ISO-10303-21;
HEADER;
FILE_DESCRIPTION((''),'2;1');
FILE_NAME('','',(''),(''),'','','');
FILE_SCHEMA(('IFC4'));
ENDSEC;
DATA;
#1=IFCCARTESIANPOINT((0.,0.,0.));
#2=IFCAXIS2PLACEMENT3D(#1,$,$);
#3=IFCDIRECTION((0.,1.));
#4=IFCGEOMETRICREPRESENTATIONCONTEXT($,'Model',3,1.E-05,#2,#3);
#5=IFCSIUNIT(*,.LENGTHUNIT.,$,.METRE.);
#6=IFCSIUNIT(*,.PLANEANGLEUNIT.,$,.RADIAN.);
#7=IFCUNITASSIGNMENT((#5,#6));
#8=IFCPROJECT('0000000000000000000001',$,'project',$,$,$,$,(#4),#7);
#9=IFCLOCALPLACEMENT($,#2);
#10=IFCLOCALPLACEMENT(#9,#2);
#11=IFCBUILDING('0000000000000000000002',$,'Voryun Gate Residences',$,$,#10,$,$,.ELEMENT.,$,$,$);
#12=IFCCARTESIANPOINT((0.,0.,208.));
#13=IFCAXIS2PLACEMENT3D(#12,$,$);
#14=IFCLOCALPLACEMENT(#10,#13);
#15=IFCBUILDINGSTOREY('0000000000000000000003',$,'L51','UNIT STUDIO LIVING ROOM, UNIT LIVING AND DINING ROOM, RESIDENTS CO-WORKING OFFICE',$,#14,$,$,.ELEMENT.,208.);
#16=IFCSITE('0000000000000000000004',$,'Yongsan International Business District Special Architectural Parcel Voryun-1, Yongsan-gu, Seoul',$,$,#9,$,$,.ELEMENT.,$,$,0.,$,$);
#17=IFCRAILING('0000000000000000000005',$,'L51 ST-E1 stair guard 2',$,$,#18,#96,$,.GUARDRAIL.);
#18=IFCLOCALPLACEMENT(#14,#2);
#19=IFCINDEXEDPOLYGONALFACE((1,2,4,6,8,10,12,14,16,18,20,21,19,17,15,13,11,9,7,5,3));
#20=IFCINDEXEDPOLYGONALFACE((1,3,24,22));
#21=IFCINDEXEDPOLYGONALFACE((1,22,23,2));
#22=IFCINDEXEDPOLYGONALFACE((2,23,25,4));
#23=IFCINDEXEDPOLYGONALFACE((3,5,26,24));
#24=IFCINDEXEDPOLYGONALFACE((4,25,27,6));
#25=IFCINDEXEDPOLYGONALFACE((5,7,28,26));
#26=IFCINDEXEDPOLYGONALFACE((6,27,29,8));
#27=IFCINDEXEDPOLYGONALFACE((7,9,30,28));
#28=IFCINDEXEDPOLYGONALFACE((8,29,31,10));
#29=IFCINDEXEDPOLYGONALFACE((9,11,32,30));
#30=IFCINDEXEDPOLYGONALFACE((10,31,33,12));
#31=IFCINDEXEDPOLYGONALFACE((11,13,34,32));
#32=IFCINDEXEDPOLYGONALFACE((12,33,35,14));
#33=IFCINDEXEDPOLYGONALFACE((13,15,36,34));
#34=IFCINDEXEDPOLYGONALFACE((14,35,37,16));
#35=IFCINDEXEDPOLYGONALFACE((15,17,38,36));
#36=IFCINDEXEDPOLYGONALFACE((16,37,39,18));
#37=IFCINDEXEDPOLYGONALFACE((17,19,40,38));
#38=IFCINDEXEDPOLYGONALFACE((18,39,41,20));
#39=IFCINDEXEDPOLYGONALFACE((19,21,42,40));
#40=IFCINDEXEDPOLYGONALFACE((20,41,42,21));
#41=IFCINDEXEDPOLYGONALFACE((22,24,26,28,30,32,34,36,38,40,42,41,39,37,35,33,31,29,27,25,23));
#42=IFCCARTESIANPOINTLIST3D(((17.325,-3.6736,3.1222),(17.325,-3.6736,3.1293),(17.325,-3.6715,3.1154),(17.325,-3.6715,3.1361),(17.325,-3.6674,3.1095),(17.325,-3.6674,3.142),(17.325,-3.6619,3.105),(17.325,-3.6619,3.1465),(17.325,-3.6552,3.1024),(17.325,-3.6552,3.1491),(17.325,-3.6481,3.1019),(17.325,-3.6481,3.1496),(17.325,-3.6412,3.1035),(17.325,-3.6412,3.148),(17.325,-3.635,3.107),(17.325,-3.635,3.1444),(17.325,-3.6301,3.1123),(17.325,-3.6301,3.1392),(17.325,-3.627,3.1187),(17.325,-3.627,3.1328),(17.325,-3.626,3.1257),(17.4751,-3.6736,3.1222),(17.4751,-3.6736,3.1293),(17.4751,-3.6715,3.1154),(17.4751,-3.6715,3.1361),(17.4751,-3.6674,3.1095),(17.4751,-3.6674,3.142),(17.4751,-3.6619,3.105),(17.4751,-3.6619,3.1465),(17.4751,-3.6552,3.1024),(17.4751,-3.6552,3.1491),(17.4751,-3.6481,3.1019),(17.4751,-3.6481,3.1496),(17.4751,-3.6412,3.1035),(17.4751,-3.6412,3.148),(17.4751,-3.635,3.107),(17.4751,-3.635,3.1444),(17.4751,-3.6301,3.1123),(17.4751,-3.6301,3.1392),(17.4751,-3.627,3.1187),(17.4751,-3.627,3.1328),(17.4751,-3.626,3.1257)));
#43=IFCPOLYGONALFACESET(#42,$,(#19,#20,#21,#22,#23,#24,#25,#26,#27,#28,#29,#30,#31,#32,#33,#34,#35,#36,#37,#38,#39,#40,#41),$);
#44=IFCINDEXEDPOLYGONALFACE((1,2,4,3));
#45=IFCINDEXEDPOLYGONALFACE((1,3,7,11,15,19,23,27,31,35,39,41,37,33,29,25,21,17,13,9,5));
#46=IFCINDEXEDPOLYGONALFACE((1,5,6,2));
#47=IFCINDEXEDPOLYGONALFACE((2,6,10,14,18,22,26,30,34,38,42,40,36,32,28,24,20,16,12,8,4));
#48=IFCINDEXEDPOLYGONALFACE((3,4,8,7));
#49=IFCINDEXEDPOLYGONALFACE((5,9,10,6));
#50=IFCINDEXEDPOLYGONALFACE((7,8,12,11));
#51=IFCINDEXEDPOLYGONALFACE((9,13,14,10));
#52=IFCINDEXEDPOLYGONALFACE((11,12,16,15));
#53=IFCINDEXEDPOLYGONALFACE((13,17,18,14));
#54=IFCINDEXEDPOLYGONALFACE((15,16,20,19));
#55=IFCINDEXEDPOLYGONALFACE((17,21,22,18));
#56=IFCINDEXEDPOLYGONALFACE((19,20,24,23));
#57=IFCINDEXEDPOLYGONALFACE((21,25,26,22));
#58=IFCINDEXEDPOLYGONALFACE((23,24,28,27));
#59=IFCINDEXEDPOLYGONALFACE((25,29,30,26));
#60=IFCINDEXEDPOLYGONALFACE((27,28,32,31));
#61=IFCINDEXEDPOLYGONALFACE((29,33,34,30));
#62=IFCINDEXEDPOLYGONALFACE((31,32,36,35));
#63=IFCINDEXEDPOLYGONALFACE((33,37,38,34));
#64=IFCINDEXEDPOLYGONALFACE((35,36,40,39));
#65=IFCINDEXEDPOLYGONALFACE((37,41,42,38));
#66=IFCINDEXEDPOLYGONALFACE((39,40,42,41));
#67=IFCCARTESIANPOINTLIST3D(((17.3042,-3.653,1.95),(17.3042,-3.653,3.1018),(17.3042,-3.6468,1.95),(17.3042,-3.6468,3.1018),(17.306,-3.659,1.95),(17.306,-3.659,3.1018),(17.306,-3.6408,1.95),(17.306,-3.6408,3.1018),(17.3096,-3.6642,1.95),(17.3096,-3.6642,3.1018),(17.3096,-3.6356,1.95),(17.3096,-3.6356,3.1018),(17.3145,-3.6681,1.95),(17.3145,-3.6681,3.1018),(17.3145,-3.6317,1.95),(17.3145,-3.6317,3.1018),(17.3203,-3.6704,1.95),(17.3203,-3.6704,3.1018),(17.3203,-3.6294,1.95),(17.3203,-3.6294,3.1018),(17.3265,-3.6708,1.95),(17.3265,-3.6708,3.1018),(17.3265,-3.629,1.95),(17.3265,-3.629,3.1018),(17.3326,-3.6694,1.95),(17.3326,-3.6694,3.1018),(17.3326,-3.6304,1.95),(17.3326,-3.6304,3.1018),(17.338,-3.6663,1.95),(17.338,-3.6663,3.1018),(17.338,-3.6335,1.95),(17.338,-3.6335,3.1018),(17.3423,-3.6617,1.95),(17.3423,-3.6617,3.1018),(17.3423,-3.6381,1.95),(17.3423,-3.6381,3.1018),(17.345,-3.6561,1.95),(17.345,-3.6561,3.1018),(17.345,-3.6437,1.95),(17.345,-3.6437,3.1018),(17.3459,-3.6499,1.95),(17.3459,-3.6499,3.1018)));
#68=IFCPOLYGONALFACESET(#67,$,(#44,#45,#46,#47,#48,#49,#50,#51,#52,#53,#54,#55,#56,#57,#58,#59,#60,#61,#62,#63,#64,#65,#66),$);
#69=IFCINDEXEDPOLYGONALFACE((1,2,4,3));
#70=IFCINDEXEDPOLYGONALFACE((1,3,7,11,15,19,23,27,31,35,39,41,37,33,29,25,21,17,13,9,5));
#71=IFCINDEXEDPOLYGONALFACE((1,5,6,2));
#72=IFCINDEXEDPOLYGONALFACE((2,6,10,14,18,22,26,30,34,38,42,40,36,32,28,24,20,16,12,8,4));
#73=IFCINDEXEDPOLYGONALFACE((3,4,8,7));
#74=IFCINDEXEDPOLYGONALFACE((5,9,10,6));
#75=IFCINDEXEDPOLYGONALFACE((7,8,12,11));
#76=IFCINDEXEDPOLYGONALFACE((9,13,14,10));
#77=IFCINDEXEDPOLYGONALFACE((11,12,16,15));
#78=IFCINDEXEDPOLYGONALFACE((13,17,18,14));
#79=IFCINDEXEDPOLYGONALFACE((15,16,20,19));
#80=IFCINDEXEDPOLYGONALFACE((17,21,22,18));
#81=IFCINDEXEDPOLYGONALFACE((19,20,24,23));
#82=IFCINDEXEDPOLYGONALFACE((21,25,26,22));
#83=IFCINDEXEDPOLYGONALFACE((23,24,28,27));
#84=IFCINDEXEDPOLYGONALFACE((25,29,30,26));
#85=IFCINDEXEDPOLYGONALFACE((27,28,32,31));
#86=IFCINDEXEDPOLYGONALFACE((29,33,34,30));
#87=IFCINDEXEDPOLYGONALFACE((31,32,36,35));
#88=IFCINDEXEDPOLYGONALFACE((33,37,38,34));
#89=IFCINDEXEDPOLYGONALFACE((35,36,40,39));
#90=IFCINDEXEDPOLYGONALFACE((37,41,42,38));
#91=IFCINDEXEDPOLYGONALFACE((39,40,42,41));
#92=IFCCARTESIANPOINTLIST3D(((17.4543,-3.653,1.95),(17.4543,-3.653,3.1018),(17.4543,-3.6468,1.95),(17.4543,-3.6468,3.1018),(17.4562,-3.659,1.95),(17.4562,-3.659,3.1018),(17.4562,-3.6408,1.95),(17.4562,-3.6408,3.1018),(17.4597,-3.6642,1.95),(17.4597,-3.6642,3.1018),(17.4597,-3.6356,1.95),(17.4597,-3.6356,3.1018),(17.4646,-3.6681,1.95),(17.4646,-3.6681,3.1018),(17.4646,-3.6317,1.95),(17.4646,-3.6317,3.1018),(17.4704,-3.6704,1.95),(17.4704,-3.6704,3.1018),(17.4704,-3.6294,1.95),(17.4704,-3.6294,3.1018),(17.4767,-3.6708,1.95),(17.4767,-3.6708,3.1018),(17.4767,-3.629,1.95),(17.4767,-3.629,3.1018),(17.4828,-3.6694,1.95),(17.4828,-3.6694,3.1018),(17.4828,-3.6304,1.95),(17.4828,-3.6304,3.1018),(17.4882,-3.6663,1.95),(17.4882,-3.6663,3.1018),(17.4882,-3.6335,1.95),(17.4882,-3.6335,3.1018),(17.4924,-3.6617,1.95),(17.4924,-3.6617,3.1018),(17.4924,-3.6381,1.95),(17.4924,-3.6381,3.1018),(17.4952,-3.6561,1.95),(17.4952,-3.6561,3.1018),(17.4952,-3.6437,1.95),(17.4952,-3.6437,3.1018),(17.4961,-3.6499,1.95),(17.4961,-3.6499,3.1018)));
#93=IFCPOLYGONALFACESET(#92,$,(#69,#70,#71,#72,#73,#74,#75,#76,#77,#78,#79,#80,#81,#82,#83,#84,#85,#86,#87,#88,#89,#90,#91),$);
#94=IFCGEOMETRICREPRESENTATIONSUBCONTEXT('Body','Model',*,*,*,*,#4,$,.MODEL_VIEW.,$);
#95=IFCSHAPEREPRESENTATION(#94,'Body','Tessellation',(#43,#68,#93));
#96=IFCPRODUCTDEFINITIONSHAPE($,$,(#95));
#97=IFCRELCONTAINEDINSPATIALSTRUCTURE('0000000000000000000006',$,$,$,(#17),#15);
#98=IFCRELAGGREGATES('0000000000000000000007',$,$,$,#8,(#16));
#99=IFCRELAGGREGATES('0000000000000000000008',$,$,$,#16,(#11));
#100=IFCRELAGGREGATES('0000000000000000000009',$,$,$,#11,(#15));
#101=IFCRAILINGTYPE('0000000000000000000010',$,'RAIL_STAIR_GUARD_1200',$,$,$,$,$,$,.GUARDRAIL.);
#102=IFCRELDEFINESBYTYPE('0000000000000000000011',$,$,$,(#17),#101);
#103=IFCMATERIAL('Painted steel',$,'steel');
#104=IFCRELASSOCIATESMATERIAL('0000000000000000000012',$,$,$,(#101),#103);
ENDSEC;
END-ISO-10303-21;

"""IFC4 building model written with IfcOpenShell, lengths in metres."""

from ifc_helpers import new_model, si_unit, direction, frame, origin, origin_2d, place, context, subcontext, project, spatial, circle, extrude, material, type_object, element, save


model = new_model("IFC4")

# Units and contexts
model_context = context("Model", 3, precision=1e-05, world=origin(), true_north=direction((0.0, 1.0)))
body_context = subcontext(model_context, "Body", "Model", "MODEL_VIEW")
ifc_project = project(units=[si_unit("LENGTHUNIT", "METRE"), si_unit("PLANEANGLEUNIT", "RADIAN")], contexts=[model_context])

# Site, building, storey
site_placement = place(None, origin())
site = spatial("IfcSite", under=ifc_project, at=site_placement, Name="Yongsan International Business District Special Architectural Parcel Voryun-1, Yongsan-gu, Seoul", CompositionType="ELEMENT", RefElevation=0.0)
building_placement = place(site_placement, origin())
building = spatial("IfcBuilding", under=site, at=building_placement, Name="Voryun Gate Residences", CompositionType="ELEMENT")
storey_placement = place(building_placement, frame((0.0, 0.0, 208.0)))
storey = spatial("IfcBuildingStorey", under=building, at=storey_placement, Name="L51", Description="UNIT STUDIO LIVING ROOM, UNIT LIVING AND DINING ROOM, RESIDENTS CO-WORKING OFFICE", CompositionType="ELEMENT", Elevation=208.0)

# Railing
ifc_material_1 = material(Name="Painted steel", Category="steel")
railing_type_1 = type_object("IfcRailingType", Name="RAIL_STAIR_GUARD_1200", PredefinedType="GUARDRAIL", material=ifc_material_1)
railing_1_placement = place(storey_placement, frame((17.325, -3.6499, 1.95)))
element("IfcRailing", 1, at=railing_1_placement, inside=storey, type_object=railing_type_1, Name="L51 ST-E1 stair guard 2", PredefinedType="GUARDRAIL", context=body_context, shape_type="SweptSolid", body=[
    extrude(circle(Radius=0.0239, at=origin_2d()), frame((0.0, 0.0, 1.1758), z_axis=(1.0, 0.0, 0.0), x_axis=(0.0, 1.0, 0.0)), (0.0, 0.0, 1.0), 0.1501),
    extrude(circle(Radius=0.021, at=origin_2d()), origin(), (0.0, 0.0, 1.0), 1.1519),
    extrude(circle(Radius=0.021, at=origin_2d()), frame((0.1501, 0.0, 0.0)), (0.0, 0.0, 1.0), 1.1519),
])

save(model, "model.ifc")
